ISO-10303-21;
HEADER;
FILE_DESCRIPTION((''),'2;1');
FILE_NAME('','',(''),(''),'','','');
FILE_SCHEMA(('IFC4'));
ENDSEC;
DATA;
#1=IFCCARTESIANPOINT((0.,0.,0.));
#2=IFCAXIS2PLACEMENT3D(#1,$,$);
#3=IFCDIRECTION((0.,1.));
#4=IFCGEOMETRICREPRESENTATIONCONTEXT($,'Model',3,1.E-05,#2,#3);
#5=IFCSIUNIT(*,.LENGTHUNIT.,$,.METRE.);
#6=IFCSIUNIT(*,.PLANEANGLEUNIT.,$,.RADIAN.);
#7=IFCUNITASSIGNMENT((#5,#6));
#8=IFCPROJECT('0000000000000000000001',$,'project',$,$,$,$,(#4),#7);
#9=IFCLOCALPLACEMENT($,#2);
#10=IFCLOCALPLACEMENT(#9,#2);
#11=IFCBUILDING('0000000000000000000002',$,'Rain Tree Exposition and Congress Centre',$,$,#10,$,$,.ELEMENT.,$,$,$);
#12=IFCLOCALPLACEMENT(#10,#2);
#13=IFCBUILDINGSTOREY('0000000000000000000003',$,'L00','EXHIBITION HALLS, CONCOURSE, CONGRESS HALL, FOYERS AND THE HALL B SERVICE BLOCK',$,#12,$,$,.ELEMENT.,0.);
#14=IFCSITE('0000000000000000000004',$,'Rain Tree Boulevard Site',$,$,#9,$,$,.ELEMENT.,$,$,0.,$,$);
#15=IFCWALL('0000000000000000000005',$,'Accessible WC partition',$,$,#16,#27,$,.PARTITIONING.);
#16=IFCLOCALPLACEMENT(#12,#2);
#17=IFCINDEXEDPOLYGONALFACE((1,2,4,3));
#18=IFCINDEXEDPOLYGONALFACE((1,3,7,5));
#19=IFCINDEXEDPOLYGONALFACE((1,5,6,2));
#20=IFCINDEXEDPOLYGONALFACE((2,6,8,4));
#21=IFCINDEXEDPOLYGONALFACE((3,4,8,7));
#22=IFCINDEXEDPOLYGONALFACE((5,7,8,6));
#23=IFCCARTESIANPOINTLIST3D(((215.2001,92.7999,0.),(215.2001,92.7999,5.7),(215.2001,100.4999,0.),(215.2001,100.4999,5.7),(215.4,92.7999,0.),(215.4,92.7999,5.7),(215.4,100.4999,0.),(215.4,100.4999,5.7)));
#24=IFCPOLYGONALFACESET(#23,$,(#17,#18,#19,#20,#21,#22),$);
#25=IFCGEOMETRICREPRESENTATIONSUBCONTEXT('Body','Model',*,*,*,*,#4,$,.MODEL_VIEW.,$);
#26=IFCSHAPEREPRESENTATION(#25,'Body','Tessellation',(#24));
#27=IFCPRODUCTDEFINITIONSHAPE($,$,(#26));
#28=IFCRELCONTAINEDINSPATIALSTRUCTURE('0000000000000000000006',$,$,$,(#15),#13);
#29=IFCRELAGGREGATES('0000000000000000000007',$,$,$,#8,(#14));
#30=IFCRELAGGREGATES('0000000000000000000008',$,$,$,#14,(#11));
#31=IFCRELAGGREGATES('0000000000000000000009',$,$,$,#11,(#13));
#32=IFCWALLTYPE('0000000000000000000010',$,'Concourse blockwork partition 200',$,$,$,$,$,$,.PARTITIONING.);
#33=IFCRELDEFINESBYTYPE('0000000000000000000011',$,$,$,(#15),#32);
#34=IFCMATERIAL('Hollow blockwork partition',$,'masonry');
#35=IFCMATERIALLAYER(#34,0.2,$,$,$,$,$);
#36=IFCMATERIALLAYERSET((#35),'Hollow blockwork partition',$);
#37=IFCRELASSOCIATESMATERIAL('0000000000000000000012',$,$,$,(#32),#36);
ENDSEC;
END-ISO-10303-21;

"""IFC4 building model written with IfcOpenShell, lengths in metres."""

from ifc_helpers import new_model, si_unit, direction, frame, frame_2d, origin, place, context, subcontext, project, spatial, rectangle, extrude, material, layer, layer_set, type_object, element, save


model = new_model("IFC4")

# Units and contexts
model_context = context("Model", 3, precision=1e-05, world=origin(), true_north=direction((0.0, 1.0)))
body_context = subcontext(model_context, "Body", "Model", "MODEL_VIEW")
ifc_project = project(units=[si_unit("LENGTHUNIT", "METRE"), si_unit("PLANEANGLEUNIT", "RADIAN")], contexts=[model_context])

# Site, building, storey
site_placement = place(None, origin())
site = spatial("IfcSite", under=ifc_project, at=site_placement, Name="Rain Tree Boulevard Site", CompositionType="ELEMENT", RefElevation=0.0)
building_placement = place(site_placement, origin())
building = spatial("IfcBuilding", under=site, at=building_placement, Name="Rain Tree Exposition and Congress Centre", CompositionType="ELEMENT")
storey_placement = place(building_placement, origin())
storey = spatial("IfcBuildingStorey", under=building, at=storey_placement, Name="L00", Description="EXHIBITION HALLS, CONCOURSE, CONGRESS HALL, FOYERS AND THE HALL B SERVICE BLOCK", CompositionType="ELEMENT", Elevation=0.0)

# Wall
ifc_material_1 = material(Name="Hollow blockwork partition", Category="masonry")
ifc_layer_1 = layer(ifc_material_1, 0.2)
ifc_layer_set_1 = layer_set([ifc_layer_1], Name="Hollow blockwork partition")
wall_type_1 = type_object("IfcWallType", Name="Concourse blockwork partition 200", PredefinedType="PARTITIONING", material=ifc_layer_set_1)
for number, where, z_axis, x_axis, name in (
    (1, (215.3, 100.5, 0.0), (0.0, 0.0, 1.0), (0.0, -1.0, 0.0), "Accessible WC partition"),
):
    element("IfcWall", number, at=place(storey_placement, frame(where, z_axis=z_axis, x_axis=x_axis)), inside=storey, type_object=wall_type_1, Name=name, PredefinedType="PARTITIONING", context=body_context, shape_type="SweptSolid", body=[
        extrude(rectangle(XDim=7.7, YDim=0.2, at=frame_2d((3.8501, 0.0))), origin(), (0.0, 0.0, 1.0), 5.7),
    ])

save(model, "model.ifc")
